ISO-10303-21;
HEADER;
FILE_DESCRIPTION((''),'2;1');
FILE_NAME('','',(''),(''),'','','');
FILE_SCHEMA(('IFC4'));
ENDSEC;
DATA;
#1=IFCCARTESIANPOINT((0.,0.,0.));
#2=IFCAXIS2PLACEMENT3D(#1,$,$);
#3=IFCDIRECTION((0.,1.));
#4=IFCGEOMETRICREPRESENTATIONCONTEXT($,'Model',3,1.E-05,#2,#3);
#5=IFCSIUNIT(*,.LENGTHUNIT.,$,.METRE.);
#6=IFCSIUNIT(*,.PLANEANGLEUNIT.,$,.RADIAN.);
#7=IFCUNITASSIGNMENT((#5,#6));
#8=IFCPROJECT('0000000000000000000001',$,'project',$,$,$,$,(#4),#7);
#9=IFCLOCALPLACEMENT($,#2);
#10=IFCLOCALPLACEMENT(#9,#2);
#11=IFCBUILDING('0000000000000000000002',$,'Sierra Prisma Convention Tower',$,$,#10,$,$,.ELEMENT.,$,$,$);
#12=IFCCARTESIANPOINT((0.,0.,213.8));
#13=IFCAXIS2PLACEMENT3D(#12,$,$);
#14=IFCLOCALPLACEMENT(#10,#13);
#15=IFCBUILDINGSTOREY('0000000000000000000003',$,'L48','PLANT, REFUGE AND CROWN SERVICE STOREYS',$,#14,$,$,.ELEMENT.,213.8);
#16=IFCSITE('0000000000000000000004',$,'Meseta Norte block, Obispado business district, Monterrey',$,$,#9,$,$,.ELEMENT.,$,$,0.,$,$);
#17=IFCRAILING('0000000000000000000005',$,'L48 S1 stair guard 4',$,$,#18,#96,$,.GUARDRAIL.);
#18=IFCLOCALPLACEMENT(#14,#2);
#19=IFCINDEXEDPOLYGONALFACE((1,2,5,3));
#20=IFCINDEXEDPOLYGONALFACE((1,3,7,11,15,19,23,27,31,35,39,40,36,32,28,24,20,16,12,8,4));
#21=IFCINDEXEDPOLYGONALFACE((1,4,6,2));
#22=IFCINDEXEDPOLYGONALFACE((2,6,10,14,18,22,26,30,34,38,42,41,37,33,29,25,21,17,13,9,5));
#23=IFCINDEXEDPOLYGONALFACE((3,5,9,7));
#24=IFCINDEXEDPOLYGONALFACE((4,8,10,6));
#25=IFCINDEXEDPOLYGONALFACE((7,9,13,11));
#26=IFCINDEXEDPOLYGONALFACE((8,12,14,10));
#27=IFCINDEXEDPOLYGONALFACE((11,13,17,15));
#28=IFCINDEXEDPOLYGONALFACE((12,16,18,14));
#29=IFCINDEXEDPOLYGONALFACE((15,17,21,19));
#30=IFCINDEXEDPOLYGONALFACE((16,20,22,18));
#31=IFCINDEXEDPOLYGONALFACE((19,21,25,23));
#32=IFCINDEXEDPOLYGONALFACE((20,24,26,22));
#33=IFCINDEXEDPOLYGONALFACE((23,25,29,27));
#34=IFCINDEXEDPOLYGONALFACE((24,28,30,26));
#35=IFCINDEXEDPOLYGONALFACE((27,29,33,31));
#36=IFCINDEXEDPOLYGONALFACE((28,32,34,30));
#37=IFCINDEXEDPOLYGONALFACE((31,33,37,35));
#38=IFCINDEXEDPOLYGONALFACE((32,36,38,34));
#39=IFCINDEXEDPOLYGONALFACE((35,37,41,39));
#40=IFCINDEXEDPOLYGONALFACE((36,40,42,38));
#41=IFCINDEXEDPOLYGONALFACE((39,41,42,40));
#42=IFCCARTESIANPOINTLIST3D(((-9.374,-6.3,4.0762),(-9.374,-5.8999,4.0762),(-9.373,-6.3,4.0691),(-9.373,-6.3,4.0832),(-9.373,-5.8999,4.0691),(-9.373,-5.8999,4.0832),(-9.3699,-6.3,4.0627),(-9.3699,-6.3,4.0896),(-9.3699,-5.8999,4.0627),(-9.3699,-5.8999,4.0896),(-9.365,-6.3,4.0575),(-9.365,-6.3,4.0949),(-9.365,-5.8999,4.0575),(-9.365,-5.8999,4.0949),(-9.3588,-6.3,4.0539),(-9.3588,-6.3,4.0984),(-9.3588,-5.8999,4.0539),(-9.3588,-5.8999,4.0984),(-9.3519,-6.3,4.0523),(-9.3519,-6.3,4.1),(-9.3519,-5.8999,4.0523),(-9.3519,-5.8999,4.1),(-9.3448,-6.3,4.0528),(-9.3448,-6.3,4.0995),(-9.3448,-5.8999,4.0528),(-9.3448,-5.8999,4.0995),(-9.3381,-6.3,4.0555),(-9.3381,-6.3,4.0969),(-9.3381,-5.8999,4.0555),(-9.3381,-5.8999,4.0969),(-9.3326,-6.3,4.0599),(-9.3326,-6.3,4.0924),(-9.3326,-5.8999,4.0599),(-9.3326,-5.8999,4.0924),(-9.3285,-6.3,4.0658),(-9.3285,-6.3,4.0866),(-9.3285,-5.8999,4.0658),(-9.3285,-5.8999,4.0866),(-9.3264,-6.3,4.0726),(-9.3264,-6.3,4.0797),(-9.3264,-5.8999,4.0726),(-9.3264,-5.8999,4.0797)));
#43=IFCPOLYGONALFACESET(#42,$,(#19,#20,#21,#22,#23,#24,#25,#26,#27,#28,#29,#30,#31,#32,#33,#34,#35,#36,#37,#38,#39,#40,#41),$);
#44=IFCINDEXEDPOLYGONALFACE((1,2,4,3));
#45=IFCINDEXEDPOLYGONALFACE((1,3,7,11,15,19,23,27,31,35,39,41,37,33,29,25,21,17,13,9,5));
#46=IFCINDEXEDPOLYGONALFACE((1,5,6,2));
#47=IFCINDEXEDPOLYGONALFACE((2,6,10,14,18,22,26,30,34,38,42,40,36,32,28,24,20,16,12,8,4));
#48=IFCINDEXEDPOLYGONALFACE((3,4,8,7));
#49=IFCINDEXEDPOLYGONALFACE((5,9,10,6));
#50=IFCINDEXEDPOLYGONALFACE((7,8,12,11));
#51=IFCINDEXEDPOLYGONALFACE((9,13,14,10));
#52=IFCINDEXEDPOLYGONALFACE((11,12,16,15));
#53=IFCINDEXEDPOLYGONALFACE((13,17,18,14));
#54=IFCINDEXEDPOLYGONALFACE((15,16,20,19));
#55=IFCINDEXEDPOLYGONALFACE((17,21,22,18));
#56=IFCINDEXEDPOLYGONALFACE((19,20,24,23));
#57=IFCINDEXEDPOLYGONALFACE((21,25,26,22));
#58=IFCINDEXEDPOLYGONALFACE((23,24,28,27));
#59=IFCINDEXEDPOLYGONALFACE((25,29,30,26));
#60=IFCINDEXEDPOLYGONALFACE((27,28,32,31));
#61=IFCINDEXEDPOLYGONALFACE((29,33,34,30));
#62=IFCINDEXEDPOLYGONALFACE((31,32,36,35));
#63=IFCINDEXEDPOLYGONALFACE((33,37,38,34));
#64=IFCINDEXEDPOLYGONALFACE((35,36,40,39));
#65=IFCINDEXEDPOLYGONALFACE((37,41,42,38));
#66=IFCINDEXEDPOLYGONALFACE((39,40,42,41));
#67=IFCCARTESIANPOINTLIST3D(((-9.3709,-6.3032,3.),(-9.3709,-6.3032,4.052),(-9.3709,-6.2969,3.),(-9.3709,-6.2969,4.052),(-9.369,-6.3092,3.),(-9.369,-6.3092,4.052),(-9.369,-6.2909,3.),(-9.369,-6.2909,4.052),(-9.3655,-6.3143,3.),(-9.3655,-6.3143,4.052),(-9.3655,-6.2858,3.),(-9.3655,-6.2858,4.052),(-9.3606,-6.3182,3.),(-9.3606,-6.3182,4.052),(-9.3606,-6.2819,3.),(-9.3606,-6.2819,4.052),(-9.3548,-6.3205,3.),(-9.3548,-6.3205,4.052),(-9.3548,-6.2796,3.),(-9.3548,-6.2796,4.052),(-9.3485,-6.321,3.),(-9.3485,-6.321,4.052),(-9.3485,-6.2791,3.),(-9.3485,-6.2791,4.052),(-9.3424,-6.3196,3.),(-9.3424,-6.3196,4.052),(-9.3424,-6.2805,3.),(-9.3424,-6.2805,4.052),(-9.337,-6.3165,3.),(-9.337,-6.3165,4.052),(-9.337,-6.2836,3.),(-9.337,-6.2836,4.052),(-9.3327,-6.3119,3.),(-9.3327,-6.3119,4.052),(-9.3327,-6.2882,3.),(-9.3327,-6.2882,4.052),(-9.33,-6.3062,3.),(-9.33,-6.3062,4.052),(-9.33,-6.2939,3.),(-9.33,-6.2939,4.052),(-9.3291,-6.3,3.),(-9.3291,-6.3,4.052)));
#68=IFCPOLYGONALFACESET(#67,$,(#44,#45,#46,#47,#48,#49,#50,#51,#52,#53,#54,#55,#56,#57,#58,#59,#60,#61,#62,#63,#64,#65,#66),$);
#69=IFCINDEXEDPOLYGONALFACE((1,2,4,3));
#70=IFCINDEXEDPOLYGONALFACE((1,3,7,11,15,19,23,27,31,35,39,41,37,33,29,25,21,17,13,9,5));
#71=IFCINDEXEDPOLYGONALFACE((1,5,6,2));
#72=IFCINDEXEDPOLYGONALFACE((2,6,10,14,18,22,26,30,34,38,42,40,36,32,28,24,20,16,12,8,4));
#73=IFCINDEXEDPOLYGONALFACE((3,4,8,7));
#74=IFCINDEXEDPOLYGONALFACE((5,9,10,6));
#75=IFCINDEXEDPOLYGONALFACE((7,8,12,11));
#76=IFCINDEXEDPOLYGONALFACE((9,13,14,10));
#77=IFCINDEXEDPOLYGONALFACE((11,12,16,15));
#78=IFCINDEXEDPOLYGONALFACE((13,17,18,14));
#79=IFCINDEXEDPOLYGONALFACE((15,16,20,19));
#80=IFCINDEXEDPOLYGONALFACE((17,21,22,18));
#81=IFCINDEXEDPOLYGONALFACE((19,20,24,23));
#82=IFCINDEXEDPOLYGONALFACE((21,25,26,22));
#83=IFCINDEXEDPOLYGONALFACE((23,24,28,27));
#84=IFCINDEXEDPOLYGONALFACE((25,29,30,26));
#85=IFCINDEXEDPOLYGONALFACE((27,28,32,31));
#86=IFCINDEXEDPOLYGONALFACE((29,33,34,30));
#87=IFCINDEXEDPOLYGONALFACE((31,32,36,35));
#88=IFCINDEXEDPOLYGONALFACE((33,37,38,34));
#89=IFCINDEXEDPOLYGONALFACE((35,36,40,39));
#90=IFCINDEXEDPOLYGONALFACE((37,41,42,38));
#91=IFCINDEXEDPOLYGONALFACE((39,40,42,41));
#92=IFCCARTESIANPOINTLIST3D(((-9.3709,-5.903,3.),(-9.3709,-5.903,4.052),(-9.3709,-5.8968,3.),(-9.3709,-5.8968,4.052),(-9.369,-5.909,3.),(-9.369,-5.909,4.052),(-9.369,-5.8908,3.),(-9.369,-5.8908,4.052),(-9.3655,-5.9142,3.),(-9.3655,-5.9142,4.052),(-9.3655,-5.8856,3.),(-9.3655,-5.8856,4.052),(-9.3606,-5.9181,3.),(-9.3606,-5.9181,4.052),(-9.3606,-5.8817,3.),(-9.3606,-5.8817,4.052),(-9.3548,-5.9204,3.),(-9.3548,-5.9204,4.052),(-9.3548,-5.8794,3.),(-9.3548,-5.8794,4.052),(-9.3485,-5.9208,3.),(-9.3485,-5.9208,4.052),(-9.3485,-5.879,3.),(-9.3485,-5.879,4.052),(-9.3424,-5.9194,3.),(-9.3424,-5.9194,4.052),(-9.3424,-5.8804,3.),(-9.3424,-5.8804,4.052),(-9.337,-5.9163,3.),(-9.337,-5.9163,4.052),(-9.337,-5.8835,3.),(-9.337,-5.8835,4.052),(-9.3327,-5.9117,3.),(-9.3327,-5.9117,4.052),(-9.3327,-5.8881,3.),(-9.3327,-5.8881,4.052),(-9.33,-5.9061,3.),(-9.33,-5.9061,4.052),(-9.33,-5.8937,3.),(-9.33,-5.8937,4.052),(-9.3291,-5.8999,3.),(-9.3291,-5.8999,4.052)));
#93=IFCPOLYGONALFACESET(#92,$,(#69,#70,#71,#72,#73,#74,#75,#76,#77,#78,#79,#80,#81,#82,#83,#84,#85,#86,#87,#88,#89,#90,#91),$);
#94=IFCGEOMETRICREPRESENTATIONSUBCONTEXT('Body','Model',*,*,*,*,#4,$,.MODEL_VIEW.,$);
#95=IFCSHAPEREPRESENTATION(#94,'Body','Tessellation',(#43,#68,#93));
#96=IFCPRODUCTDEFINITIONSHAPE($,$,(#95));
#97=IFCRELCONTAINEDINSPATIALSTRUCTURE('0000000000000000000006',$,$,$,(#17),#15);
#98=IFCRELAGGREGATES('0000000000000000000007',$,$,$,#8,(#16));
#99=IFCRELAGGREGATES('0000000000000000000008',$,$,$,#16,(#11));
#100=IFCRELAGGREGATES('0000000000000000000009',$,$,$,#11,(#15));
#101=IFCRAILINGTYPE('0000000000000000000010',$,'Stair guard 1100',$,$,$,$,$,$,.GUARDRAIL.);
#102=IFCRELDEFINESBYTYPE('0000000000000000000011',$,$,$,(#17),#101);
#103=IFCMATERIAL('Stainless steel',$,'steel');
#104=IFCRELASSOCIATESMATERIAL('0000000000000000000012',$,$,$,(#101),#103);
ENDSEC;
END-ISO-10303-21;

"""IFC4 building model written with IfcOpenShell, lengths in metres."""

from ifc_helpers import new_model, si_unit, direction, frame, origin, origin_2d, place, context, subcontext, project, spatial, circle, extrude, material, type_object, element, save


model = new_model("IFC4")

# Units and contexts
model_context = context("Model", 3, precision=1e-05, world=origin(), true_north=direction((0.0, 1.0)))
body_context = subcontext(model_context, "Body", "Model", "MODEL_VIEW")
ifc_project = project(units=[si_unit("LENGTHUNIT", "METRE"), si_unit("PLANEANGLEUNIT", "RADIAN")], contexts=[model_context])

# Site, building, storey
site_placement = place(None, origin())
site = spatial("IfcSite", under=ifc_project, at=site_placement, Name="Meseta Norte block, Obispado business district, Monterrey", CompositionType="ELEMENT", RefElevation=0.0)
building_placement = place(site_placement, origin())
building = spatial("IfcBuilding", under=site, at=building_placement, Name="Sierra Prisma Convention Tower", CompositionType="ELEMENT")
storey_placement = place(building_placement, frame((0.0, 0.0, 213.8)))
storey = spatial("IfcBuildingStorey", under=building, at=storey_placement, Name="L48", Description="PLANT, REFUGE AND CROWN SERVICE STOREYS", CompositionType="ELEMENT", Elevation=213.8)

# Railing
ifc_material_1 = material(Name="Stainless steel", Category="steel")
railing_type_1 = type_object("IfcRailingType", Name="Stair guard 1100", PredefinedType="GUARDRAIL", material=ifc_material_1)
railing_1_placement = place(storey_placement, frame((-9.3501, -6.3, 3.0)))
element("IfcRailing", 1, at=railing_1_placement, inside=storey, type_object=railing_type_1, Name="L48 S1 stair guard 4", PredefinedType="GUARDRAIL", context=body_context, shape_type="SweptSolid", body=[
    extrude(circle(Radius=0.0239, at=origin_2d()), frame((0.0, 0.0, 1.0762), z_axis=(0.0, 1.0, 0.0), x_axis=(-1.0, 0.0, 0.0)), (0.0, 0.0, 1.0), 0.4001),
    extrude(circle(Radius=0.021, at=origin_2d()), origin(), (0.0, 0.0, 1.0), 1.052),
    extrude(circle(Radius=0.021, at=origin_2d()), frame((0.0, 0.4001, 0.0)), (0.0, 0.0, 1.0), 1.052),
])

save(model, "model.ifc")
